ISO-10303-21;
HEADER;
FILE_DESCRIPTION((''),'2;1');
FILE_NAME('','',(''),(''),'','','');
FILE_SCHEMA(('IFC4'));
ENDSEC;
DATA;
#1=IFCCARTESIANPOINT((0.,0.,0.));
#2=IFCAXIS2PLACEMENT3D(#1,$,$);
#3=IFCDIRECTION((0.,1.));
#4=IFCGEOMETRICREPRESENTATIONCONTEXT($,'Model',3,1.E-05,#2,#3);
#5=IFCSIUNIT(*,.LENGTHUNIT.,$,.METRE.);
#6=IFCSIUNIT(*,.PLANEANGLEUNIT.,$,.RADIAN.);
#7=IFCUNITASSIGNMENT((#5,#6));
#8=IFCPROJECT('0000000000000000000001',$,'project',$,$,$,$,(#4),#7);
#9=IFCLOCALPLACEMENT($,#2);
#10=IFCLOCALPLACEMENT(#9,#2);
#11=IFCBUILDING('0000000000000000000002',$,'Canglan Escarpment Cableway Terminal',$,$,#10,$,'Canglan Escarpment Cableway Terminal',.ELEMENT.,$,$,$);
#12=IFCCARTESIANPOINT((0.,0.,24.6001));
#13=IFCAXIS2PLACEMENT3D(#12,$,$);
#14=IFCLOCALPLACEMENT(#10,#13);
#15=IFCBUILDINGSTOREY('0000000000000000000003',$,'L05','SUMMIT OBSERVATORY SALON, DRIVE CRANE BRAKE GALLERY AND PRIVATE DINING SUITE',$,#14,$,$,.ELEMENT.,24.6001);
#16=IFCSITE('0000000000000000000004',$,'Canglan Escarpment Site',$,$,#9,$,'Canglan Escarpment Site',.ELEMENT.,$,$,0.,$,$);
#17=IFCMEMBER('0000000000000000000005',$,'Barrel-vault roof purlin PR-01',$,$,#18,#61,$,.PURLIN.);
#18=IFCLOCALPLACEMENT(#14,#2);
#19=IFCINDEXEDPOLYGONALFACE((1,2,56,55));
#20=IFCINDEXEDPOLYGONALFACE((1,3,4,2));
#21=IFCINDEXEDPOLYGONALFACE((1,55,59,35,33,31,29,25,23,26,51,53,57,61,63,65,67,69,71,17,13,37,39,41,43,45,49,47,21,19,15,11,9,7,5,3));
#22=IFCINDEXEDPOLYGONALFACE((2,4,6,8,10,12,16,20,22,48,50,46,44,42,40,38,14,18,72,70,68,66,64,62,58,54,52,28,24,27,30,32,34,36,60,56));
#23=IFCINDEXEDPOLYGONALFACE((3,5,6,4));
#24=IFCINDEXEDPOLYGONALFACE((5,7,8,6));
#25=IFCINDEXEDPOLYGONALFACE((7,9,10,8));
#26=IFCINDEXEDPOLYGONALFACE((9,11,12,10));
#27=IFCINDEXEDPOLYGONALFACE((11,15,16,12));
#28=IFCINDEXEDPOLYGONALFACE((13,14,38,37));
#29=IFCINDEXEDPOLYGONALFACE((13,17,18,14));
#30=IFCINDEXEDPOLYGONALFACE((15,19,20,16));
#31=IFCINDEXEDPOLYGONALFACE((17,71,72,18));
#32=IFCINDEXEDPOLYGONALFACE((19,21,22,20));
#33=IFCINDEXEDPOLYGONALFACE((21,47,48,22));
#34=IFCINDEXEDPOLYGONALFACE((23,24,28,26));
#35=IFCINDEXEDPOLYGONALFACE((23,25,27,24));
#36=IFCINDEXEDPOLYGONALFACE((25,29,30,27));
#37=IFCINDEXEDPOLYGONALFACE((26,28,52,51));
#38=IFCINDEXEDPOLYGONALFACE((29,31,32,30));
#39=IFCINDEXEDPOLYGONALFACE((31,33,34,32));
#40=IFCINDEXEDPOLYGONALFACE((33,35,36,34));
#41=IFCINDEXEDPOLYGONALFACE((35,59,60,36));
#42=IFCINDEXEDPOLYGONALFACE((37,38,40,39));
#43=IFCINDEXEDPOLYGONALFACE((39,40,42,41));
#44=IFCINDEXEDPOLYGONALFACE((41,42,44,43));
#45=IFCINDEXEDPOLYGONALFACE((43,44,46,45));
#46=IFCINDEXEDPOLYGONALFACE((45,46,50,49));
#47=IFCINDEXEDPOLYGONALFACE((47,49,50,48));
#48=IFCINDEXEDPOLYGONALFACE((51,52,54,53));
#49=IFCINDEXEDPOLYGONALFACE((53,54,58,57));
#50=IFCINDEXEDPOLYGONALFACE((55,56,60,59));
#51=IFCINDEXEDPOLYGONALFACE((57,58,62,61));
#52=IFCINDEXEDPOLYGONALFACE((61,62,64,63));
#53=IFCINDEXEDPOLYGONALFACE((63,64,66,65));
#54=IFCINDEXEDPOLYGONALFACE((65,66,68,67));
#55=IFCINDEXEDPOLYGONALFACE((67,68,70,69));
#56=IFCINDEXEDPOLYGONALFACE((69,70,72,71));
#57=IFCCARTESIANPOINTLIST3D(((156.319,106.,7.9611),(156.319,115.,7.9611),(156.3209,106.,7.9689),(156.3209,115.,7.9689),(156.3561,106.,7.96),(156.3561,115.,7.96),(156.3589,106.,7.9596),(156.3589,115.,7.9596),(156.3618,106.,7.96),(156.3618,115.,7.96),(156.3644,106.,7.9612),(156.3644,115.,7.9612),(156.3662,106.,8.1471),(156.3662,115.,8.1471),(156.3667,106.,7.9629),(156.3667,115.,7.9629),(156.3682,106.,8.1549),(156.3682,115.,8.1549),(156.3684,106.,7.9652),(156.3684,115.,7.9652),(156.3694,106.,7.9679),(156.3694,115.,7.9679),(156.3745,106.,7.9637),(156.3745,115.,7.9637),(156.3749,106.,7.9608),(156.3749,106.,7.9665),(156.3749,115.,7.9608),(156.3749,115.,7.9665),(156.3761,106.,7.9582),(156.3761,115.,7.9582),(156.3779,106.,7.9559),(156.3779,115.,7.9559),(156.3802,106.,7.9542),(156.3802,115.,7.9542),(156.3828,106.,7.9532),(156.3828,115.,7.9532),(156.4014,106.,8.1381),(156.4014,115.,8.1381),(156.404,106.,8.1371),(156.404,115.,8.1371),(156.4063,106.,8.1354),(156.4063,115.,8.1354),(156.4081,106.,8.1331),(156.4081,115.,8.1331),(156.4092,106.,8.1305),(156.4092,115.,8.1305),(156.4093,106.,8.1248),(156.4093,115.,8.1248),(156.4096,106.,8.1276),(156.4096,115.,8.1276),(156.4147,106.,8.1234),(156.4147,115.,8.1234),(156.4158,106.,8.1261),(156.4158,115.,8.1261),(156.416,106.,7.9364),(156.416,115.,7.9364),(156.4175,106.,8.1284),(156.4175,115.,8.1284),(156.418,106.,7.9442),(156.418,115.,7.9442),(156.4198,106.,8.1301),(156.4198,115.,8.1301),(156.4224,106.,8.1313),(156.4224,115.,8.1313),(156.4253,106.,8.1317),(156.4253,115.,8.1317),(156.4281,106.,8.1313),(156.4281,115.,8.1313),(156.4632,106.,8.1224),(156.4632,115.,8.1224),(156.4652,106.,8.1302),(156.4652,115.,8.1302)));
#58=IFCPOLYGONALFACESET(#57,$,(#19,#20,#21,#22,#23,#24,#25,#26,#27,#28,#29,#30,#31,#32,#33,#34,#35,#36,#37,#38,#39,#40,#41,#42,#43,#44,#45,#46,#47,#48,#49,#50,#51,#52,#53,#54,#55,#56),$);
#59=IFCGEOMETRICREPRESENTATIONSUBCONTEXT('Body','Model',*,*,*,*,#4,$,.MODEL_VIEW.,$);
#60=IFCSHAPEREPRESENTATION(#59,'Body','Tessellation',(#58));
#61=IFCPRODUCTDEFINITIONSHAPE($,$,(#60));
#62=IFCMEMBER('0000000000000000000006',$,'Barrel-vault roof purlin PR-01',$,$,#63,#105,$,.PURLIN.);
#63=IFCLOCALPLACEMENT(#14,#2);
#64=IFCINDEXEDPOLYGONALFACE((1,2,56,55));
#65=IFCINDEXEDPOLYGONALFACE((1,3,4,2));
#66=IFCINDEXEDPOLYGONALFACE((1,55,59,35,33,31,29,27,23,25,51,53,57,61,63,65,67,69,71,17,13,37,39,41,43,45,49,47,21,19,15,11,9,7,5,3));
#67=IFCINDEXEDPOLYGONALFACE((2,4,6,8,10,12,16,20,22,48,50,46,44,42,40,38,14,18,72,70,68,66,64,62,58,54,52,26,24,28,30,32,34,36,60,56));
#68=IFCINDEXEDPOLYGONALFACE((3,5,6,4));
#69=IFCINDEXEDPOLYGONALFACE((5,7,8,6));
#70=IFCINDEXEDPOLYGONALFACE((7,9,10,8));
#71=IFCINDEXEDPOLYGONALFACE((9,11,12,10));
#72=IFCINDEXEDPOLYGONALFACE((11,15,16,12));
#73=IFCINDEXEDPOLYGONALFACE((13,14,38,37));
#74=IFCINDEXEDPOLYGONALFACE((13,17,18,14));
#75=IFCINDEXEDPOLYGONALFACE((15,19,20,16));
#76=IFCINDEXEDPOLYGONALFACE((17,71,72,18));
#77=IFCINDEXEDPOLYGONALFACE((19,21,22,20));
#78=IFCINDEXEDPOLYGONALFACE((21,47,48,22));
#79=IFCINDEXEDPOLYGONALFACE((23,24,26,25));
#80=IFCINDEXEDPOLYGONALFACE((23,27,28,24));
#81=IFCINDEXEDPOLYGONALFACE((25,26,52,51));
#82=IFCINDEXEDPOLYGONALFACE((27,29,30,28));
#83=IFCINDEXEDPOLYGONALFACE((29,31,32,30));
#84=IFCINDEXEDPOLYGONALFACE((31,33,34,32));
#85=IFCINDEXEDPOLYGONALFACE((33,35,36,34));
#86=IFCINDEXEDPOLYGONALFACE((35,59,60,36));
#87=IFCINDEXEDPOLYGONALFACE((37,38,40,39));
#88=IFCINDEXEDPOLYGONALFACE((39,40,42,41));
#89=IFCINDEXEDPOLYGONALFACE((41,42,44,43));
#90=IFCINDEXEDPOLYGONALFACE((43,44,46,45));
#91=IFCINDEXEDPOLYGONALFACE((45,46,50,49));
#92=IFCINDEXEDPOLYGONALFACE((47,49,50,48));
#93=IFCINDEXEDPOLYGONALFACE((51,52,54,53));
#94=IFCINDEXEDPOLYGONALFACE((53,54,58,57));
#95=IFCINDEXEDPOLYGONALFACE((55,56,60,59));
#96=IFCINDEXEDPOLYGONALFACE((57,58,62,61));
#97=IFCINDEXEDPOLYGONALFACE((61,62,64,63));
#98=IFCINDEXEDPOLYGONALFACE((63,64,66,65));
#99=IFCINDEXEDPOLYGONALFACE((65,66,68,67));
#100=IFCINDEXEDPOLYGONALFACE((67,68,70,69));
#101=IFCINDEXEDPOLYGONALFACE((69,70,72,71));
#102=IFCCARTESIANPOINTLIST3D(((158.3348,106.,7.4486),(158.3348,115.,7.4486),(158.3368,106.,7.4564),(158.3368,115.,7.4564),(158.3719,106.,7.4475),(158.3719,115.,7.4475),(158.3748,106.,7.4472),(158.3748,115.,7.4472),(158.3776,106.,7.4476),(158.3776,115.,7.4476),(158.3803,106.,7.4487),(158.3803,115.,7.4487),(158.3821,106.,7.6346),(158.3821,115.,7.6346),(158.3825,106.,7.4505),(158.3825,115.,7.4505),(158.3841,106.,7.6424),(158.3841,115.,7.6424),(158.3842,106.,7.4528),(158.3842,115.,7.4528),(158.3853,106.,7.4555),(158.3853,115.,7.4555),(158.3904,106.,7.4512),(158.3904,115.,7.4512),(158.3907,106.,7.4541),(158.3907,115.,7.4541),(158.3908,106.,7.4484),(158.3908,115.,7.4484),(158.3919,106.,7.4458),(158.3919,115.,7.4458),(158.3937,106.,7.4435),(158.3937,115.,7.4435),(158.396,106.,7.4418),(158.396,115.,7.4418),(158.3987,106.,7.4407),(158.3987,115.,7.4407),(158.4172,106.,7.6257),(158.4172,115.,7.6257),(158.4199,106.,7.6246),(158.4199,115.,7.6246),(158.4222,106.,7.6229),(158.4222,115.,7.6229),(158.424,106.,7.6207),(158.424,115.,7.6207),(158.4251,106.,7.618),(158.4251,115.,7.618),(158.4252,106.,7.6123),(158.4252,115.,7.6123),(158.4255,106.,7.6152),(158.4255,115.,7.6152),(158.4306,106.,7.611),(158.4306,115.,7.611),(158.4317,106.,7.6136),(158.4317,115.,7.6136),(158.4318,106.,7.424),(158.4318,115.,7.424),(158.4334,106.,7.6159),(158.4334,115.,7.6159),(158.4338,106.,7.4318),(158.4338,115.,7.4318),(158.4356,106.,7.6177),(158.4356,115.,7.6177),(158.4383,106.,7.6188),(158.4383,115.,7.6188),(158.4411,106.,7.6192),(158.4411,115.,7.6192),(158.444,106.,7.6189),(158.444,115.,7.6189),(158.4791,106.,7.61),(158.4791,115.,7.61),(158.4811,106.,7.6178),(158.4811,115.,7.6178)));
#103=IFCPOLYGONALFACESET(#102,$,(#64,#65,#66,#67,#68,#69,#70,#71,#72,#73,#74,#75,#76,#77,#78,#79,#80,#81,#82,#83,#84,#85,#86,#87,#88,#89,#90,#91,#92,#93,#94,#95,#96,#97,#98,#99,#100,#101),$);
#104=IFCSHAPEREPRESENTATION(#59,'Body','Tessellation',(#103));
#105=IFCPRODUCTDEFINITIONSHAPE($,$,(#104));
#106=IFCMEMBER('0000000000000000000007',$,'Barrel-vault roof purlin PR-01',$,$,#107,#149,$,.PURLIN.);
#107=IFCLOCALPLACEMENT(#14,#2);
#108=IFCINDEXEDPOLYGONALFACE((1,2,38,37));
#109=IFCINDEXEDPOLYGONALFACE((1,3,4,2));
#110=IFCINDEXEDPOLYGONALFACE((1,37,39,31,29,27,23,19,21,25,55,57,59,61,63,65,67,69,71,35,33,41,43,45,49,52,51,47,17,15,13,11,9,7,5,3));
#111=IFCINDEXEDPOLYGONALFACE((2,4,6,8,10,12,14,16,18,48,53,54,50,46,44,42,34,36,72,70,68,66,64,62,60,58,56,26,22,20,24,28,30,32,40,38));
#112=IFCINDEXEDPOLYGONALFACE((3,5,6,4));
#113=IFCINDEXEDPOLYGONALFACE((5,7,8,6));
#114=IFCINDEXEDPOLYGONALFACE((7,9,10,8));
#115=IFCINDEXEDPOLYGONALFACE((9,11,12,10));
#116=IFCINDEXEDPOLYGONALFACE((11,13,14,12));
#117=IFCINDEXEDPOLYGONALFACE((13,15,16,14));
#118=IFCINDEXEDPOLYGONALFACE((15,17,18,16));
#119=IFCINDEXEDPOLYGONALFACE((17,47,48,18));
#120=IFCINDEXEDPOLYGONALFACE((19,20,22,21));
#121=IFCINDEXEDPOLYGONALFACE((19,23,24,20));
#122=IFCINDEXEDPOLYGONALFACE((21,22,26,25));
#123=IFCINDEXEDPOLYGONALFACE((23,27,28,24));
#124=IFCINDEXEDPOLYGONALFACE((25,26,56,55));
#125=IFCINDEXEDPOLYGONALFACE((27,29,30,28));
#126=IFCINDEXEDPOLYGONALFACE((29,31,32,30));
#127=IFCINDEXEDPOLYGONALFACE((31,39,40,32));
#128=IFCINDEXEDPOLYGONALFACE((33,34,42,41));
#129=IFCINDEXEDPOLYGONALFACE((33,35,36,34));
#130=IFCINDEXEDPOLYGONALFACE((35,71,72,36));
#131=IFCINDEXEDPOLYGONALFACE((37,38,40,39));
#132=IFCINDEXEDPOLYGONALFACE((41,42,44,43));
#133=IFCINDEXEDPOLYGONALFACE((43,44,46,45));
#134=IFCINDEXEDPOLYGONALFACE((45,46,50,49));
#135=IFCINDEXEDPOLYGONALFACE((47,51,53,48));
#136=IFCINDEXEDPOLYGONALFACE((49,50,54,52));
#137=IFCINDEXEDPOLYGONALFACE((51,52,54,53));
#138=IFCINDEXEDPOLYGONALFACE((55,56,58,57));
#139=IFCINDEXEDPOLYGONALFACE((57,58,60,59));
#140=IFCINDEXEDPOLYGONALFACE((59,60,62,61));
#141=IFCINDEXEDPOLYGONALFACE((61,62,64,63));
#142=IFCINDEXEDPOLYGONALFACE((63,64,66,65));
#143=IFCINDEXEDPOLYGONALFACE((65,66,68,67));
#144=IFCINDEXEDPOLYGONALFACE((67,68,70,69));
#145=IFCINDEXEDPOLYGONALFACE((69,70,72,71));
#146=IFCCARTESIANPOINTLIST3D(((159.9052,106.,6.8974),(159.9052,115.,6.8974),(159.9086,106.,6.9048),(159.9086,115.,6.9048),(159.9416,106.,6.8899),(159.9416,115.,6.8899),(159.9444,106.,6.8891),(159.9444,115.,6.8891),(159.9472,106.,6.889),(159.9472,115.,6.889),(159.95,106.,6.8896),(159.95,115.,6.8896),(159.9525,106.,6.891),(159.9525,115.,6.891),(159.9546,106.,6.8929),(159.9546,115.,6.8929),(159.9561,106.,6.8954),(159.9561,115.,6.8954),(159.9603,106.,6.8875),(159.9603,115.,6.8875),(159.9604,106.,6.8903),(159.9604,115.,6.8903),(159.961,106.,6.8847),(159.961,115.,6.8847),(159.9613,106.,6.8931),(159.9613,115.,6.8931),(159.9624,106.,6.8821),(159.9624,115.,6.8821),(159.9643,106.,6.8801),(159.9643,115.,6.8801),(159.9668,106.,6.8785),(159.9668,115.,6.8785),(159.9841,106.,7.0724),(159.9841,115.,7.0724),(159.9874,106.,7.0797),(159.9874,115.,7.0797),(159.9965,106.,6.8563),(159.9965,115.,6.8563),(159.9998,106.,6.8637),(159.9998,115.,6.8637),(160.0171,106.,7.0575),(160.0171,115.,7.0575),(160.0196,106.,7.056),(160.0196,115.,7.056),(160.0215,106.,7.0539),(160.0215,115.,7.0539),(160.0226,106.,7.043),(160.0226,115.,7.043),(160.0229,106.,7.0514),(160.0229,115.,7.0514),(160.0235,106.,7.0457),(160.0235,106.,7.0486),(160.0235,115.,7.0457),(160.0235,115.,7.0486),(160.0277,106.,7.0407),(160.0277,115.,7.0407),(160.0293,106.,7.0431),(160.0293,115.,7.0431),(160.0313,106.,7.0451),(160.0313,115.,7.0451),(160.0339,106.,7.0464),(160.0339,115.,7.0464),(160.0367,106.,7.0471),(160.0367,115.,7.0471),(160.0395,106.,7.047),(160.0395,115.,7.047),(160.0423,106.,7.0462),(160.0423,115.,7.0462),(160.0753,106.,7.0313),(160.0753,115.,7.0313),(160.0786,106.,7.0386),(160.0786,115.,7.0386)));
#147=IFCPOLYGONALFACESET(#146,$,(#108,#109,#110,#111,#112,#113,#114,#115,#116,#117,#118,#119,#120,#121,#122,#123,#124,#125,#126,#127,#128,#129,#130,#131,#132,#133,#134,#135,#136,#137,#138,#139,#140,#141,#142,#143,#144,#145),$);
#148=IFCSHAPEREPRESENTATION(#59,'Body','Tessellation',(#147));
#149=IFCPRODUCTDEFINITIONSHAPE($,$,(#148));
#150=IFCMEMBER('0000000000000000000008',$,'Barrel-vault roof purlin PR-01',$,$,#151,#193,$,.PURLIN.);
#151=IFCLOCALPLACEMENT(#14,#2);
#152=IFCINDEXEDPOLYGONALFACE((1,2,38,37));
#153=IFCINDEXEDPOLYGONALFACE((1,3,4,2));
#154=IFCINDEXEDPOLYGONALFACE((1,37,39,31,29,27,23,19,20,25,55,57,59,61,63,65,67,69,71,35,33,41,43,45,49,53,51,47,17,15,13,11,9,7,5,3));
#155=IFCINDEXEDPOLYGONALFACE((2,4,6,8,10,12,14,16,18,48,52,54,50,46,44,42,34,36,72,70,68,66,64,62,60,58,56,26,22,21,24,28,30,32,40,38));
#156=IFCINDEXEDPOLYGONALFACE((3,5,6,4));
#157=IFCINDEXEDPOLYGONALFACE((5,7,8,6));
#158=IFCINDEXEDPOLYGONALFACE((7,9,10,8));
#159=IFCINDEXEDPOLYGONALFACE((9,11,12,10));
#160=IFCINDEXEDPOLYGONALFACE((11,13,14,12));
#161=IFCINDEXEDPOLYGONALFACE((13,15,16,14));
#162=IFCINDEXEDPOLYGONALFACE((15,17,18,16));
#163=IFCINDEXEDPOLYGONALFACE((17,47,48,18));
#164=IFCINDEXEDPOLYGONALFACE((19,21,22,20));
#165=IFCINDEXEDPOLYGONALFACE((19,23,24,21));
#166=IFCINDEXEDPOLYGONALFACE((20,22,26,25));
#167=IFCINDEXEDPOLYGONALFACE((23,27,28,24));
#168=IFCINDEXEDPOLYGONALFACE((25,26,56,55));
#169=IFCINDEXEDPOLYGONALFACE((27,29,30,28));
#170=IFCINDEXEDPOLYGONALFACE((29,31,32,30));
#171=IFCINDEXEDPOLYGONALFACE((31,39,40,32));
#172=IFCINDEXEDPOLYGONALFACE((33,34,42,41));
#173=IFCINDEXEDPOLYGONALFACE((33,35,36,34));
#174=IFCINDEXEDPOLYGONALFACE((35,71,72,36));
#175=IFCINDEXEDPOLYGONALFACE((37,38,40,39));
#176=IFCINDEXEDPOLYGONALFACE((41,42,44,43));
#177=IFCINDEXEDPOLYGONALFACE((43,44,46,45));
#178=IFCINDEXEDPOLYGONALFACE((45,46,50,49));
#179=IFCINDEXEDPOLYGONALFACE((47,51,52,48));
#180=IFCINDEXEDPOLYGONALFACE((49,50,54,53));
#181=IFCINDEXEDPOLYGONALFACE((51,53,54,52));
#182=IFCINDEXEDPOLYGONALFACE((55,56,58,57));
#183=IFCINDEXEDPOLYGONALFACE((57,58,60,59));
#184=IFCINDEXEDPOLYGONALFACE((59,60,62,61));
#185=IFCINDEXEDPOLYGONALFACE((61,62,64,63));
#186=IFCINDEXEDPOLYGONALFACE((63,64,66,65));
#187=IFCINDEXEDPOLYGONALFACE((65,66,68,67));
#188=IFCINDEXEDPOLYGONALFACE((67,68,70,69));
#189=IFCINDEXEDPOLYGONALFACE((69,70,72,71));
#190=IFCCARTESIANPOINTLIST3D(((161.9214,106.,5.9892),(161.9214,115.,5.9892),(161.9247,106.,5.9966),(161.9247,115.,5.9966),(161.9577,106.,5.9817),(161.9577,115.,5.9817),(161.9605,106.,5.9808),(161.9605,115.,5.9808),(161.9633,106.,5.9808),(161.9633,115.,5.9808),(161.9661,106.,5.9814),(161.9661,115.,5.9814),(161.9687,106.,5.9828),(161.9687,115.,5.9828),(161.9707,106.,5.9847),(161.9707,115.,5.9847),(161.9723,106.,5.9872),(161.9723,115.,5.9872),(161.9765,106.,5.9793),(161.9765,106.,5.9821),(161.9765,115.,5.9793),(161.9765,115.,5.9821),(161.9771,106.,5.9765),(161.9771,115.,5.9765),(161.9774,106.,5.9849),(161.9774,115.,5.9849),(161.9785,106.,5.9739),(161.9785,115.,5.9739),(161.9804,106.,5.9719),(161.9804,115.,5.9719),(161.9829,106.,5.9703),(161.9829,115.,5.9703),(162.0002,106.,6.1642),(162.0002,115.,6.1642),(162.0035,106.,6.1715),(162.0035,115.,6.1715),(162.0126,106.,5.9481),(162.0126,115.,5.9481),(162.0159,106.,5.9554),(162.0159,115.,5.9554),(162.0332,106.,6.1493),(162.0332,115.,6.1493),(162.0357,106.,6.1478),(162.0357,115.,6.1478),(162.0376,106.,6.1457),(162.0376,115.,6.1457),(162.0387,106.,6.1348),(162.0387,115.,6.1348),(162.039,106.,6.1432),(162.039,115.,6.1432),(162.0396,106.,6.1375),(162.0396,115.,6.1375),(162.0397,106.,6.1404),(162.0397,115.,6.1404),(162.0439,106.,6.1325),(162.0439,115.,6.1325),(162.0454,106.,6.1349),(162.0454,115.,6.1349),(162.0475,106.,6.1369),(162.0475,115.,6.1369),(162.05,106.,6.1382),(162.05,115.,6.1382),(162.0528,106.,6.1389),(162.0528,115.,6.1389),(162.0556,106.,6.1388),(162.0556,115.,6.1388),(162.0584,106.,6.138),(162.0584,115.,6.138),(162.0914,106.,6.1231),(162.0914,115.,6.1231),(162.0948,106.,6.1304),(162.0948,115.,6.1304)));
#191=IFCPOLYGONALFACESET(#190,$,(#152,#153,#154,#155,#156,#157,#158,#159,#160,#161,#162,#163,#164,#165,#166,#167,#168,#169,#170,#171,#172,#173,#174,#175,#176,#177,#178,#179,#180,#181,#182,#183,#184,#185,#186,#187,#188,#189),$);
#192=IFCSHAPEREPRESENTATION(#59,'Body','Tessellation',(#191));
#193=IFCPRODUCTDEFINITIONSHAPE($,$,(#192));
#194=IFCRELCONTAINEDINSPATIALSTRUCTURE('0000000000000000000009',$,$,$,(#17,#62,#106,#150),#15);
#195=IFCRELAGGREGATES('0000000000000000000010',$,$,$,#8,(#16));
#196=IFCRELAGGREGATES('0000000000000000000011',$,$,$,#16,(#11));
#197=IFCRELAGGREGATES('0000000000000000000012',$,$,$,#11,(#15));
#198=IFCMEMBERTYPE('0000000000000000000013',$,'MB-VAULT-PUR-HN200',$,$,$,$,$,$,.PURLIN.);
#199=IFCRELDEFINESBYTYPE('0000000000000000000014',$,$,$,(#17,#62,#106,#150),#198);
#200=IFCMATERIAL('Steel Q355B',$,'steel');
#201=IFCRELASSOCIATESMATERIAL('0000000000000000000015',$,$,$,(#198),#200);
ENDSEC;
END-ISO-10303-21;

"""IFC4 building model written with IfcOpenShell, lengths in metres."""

from ifc_helpers import new_model, si_unit, direction, frame, origin, origin_2d, place, context, subcontext, project, spatial, i_section, extrude, material, material_profile, profile_set, type_object, element, save


model = new_model("IFC4")

# Units and contexts
model_context = context("Model", 3, precision=1e-05, world=origin(), true_north=direction((0.0, 1.0)))
body_context = subcontext(model_context, "Body", "Model", "MODEL_VIEW")
ifc_project = project(units=[si_unit("LENGTHUNIT", "METRE"), si_unit("PLANEANGLEUNIT", "RADIAN")], contexts=[model_context])

# Site, building, storey
site_placement = place(None, origin())
site = spatial("IfcSite", under=ifc_project, at=site_placement, Name="Canglan Escarpment Site", LongName="Canglan Escarpment Site", CompositionType="ELEMENT", RefElevation=0.0)
building_placement = place(site_placement, origin())
building = spatial("IfcBuilding", under=site, at=building_placement, Name="Canglan Escarpment Cableway Terminal", LongName="Canglan Escarpment Cableway Terminal", CompositionType="ELEMENT")
storey_placement = place(building_placement, frame((0.0, 0.0, 24.6001)))
storey = spatial("IfcBuildingStorey", under=building, at=storey_placement, Name="L05", Description="SUMMIT OBSERVATORY SALON, DRIVE CRANE BRAKE GALLERY AND PRIVATE DINING SUITE", CompositionType="ELEMENT", Elevation=24.6001)

# Shared definitions
ifc_material = material(Name="Steel Q355B", Category="steel")

# Members
ifc_material_profile_1 = material_profile(ifc_material, i_section(OverallWidth=0.1001, OverallDepth=0.2, WebThickness=0.0056, FlangeThickness=0.0081, FilletRadius=0.011, at=origin_2d()), Name="HN 200x100x5.5x8")
ifc_profile_set_1 = profile_set([ifc_material_profile_1], Name="Steel Q355B")
member_type_1 = type_object("IfcMemberType", Name="MB-VAULT-PUR-HN200", PredefinedType="PURLIN", material=ifc_profile_set_1)
for number, where, z_axis, x_axis, name in (
    (1, (156.3921, 106.0, 8.0457), (0.0, 1.0, 0.0), (-0.969184, 0.0, 0.246339), "Barrel-vault roof purlin PR-01"),
    (2, (158.408, 106.0, 7.5332), (0.0, 1.0, 0.0), (-0.969184, 0.0, 0.246339), "Barrel-vault roof purlin PR-01"),
    (3, (159.9919, 106.0, 6.968), (0.0, 1.0, 0.0), (-0.911741, 0.0, 0.410767), "Barrel-vault roof purlin PR-01"),
    (4, (162.0081, 106.0, 6.0598), (0.0, 1.0, 0.0), (-0.911741, 0.0, 0.410767), "Barrel-vault roof purlin PR-01"),
):
    element("IfcMember", number, at=place(storey_placement, frame(where, z_axis=z_axis, x_axis=x_axis)), inside=storey, type_object=member_type_1, Name=name, PredefinedType="PURLIN", context=body_context, shape_type="SweptSolid", body=[
        extrude(i_section(OverallWidth=0.1001, OverallDepth=0.2, WebThickness=0.0056, FlangeThickness=0.0081, FilletRadius=0.011, at=origin_2d()), origin(), (0.0, 0.0, 1.0), 9.0),
    ])

save(model, "model.ifc")
